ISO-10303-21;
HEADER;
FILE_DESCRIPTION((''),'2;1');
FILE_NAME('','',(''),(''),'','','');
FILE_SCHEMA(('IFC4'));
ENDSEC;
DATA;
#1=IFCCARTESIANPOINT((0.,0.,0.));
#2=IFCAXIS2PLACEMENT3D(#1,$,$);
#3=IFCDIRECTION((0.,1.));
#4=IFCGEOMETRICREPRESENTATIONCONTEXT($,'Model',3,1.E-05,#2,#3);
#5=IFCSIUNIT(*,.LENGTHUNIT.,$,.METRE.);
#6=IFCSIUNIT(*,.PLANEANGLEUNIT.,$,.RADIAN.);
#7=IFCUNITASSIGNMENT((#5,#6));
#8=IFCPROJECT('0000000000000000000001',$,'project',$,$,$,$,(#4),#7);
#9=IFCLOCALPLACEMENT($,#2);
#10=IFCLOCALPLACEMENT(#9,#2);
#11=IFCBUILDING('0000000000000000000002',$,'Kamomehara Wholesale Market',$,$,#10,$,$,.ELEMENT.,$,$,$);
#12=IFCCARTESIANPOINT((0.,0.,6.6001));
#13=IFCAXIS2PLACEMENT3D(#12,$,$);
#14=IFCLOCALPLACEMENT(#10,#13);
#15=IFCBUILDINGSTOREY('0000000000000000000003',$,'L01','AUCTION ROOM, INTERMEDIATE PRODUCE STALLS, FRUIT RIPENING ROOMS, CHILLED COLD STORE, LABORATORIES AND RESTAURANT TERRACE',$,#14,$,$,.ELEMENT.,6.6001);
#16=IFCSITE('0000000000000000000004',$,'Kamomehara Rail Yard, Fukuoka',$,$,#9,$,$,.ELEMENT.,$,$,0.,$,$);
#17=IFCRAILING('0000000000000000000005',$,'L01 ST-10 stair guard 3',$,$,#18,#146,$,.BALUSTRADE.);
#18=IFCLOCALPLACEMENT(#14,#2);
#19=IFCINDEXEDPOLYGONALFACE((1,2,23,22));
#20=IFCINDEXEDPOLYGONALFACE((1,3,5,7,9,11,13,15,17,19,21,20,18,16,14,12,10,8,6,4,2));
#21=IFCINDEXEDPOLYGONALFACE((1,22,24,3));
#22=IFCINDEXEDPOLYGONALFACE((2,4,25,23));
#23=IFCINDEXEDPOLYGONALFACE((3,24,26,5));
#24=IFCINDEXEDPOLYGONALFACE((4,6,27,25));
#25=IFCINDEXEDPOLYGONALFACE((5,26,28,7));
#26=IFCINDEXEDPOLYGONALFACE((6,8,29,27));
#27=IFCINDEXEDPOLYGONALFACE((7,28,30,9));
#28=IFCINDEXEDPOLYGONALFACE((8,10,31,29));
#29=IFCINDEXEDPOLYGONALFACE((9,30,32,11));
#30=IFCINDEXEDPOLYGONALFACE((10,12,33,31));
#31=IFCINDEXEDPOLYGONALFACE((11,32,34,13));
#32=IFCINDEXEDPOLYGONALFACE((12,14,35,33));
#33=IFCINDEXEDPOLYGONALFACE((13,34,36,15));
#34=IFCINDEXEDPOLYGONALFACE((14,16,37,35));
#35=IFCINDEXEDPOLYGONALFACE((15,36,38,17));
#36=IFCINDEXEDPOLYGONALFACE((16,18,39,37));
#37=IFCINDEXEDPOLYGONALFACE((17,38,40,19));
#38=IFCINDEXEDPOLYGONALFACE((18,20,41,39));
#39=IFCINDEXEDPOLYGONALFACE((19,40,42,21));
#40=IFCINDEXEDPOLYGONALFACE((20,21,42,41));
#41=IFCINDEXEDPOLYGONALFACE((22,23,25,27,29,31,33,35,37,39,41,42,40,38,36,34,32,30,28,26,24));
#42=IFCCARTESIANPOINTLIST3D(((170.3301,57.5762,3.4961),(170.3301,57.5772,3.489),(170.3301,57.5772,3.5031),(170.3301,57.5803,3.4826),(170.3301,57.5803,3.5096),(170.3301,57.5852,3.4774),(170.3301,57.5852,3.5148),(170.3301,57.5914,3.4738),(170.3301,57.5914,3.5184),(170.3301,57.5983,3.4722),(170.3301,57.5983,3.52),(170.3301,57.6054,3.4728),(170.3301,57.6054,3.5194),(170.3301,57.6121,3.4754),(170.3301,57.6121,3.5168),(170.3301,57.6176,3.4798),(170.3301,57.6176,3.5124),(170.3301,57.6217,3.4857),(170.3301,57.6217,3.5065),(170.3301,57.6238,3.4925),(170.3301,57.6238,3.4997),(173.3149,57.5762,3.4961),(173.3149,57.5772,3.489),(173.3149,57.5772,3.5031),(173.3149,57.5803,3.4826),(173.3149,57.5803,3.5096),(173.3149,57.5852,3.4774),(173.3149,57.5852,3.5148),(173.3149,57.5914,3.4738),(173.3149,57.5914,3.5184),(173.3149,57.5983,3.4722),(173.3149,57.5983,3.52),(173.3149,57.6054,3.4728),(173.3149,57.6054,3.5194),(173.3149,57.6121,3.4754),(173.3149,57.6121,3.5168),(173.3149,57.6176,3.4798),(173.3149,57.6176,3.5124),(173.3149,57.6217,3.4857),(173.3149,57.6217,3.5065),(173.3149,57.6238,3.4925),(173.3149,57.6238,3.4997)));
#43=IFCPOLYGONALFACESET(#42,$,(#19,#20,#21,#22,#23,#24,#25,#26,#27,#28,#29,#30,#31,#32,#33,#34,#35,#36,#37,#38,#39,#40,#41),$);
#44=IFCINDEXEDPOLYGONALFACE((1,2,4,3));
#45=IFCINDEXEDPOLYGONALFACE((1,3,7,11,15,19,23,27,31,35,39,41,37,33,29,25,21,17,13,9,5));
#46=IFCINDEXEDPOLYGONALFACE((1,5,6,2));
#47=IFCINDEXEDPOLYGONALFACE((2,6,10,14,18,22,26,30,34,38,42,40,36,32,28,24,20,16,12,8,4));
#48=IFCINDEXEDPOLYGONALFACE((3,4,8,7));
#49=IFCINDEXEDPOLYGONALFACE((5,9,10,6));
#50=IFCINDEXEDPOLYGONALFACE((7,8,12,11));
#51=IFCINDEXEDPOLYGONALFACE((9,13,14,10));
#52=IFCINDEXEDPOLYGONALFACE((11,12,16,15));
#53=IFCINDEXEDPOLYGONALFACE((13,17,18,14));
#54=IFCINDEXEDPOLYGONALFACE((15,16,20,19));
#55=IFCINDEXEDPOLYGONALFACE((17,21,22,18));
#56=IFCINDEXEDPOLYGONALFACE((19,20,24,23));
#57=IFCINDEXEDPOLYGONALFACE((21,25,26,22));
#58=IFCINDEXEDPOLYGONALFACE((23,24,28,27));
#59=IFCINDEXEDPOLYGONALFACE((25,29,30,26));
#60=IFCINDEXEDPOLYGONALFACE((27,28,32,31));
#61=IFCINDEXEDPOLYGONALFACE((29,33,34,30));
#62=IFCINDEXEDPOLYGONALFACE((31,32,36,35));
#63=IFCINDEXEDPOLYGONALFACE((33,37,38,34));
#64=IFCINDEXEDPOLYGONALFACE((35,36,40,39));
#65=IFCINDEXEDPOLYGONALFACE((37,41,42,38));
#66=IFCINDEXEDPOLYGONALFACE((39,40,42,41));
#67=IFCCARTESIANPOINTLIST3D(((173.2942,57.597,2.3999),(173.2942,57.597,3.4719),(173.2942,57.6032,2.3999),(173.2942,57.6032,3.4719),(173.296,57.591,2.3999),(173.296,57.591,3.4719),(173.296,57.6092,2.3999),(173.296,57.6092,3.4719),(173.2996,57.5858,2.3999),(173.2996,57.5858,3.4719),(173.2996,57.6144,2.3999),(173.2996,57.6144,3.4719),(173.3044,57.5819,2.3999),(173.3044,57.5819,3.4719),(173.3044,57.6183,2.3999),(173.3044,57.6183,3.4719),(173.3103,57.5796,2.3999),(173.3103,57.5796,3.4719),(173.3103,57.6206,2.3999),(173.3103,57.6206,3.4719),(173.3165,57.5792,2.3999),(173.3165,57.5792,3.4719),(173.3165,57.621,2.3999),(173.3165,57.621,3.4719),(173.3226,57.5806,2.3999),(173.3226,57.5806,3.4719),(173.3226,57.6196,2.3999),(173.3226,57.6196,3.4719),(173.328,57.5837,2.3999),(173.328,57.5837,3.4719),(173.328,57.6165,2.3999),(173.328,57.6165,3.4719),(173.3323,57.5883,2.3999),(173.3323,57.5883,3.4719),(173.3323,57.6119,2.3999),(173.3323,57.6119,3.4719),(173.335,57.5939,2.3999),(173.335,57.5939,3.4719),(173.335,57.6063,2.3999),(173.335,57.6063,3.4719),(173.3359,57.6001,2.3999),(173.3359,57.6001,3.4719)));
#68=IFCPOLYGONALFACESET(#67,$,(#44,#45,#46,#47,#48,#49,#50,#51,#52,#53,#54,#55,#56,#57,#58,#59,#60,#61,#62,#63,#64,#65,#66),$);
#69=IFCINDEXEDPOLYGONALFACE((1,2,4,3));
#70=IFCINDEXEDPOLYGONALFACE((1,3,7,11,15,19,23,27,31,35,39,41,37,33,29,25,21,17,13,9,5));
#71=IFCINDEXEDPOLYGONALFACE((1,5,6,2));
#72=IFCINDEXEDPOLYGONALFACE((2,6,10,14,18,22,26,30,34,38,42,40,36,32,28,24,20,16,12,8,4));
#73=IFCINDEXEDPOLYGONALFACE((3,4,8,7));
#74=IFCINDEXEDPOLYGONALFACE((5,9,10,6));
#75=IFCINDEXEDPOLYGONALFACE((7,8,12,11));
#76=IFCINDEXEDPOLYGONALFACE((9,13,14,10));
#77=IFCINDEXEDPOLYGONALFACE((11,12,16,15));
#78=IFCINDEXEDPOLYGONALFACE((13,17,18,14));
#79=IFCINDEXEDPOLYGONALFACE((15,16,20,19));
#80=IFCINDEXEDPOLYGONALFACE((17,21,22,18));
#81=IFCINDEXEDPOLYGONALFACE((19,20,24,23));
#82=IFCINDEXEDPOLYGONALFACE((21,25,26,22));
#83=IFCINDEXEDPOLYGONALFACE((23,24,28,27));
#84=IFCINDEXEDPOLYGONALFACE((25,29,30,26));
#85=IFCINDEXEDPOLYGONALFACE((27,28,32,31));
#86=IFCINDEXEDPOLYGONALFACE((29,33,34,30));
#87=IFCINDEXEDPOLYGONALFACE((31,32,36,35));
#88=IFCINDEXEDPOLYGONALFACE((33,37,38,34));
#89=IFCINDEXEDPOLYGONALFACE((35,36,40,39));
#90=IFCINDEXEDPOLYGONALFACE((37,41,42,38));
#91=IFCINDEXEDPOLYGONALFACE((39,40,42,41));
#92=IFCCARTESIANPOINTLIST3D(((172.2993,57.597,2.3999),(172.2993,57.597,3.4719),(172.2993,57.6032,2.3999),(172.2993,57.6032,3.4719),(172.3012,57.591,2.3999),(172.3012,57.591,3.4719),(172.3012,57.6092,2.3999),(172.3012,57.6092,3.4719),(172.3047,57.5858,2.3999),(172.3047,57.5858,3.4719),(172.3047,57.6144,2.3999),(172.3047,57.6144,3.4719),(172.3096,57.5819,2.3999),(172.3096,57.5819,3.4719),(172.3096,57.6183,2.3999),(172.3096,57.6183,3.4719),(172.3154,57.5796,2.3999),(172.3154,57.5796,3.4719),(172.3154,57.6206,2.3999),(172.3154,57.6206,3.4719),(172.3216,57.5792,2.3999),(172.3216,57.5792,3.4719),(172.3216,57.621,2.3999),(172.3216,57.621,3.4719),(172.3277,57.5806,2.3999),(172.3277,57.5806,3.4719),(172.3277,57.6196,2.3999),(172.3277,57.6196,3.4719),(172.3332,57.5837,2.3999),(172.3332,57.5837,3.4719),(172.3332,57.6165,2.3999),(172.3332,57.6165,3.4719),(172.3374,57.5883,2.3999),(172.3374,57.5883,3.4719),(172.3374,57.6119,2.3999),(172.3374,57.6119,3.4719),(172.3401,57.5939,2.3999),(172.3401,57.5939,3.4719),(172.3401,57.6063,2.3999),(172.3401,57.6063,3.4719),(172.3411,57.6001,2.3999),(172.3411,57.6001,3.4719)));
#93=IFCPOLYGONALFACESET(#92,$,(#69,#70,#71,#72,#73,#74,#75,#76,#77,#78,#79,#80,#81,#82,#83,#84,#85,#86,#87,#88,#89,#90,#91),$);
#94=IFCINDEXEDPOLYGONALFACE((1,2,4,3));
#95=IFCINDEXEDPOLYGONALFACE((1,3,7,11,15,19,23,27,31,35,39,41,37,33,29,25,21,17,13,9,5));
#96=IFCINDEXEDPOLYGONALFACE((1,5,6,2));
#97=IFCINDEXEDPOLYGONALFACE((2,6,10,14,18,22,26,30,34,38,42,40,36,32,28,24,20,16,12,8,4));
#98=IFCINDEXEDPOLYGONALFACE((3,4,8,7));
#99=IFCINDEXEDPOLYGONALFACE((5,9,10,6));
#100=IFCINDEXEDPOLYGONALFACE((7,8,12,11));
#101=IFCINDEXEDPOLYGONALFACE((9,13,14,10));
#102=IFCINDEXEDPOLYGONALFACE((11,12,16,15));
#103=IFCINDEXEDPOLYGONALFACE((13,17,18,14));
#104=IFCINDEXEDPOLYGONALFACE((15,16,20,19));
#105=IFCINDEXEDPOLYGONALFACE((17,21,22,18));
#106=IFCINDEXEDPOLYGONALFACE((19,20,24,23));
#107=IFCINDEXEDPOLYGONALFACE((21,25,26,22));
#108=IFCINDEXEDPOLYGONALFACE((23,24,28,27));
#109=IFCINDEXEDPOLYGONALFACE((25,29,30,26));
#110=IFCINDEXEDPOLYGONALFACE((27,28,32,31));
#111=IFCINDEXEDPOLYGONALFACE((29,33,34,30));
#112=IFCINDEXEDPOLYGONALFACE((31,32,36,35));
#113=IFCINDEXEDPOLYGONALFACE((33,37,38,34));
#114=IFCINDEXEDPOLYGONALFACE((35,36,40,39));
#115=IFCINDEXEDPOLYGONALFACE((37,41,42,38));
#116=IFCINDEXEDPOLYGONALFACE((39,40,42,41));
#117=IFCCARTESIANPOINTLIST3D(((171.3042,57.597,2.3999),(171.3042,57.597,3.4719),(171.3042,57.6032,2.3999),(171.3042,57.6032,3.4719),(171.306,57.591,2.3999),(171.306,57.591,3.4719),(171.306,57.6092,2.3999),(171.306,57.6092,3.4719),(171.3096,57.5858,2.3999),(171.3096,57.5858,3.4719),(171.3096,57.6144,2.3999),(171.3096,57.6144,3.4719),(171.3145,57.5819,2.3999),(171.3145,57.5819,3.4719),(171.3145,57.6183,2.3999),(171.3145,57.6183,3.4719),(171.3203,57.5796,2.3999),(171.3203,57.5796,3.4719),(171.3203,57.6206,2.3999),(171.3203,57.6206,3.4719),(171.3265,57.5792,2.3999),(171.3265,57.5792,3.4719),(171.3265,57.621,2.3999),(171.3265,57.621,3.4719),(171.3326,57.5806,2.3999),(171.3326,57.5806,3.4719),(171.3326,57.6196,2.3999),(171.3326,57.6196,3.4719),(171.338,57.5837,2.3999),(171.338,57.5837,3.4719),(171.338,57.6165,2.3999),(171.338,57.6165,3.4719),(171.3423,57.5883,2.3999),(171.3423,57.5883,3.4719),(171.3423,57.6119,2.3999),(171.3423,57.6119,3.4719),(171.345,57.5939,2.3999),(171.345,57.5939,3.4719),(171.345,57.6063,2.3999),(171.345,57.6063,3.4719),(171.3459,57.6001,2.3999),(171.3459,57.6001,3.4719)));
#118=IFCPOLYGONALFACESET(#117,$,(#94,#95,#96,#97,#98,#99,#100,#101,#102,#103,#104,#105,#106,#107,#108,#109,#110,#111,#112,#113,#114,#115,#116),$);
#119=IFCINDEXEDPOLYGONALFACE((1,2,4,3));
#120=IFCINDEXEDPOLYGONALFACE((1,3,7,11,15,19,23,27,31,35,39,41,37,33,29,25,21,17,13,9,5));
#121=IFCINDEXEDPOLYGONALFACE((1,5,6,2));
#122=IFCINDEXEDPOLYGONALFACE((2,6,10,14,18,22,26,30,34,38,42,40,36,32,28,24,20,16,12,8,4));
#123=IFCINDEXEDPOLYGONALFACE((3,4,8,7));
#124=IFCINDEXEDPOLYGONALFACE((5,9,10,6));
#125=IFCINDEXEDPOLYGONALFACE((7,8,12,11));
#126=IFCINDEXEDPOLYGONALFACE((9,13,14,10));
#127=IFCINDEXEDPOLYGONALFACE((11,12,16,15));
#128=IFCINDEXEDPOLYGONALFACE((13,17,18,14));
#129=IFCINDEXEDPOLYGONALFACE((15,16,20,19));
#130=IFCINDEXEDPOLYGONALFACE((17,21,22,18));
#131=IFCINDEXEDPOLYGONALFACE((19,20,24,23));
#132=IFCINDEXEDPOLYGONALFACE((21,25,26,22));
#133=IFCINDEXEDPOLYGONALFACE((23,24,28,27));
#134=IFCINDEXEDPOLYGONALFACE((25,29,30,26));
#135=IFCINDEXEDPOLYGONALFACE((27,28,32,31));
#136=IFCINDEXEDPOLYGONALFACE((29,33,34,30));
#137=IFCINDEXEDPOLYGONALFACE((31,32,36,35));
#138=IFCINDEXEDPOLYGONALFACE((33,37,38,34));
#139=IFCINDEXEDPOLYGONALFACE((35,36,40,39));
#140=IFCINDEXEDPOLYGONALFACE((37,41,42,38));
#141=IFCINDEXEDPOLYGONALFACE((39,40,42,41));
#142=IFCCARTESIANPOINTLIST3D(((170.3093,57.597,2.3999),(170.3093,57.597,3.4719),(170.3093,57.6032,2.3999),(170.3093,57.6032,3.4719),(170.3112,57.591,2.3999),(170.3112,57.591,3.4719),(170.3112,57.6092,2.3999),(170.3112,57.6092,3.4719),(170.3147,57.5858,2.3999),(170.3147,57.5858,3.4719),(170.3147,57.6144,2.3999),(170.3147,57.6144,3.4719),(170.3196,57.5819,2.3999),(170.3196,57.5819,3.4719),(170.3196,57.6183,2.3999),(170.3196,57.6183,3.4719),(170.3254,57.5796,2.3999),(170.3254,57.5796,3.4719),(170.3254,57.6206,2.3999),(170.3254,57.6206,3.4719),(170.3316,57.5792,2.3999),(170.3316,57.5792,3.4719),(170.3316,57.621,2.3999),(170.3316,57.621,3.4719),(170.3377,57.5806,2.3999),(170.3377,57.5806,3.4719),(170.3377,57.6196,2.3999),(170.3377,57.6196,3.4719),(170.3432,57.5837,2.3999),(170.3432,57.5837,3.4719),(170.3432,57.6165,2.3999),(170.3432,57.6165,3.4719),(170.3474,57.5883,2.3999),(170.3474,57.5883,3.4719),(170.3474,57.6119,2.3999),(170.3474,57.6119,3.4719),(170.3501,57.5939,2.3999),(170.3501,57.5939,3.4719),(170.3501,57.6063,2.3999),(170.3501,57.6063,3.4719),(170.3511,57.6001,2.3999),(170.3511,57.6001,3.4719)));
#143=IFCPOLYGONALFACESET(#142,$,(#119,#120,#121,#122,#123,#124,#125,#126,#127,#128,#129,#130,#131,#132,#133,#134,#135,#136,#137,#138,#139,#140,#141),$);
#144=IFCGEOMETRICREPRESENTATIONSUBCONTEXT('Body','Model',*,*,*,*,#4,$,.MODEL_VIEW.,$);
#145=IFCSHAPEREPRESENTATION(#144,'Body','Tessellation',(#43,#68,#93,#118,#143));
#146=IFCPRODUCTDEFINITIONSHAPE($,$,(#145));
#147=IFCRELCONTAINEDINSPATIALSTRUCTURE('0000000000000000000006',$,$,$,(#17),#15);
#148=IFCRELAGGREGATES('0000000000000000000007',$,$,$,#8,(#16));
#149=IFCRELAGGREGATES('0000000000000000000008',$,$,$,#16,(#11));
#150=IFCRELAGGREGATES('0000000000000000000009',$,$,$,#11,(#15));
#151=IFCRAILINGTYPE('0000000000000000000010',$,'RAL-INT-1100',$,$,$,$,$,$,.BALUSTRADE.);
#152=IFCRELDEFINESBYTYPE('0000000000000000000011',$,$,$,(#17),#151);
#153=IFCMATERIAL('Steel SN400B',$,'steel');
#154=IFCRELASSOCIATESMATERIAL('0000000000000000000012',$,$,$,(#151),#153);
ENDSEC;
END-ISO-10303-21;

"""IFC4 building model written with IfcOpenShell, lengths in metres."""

from ifc_helpers import new_model, si_unit, direction, frame, origin, origin_2d, place, context, subcontext, project, spatial, circle, extrude, material, type_object, element, save


model = new_model("IFC4")

# Units and contexts
model_context = context("Model", 3, precision=1e-05, world=origin(), true_north=direction((0.0, 1.0)))
body_context = subcontext(model_context, "Body", "Model", "MODEL_VIEW")
ifc_project = project(units=[si_unit("LENGTHUNIT", "METRE"), si_unit("PLANEANGLEUNIT", "RADIAN")], contexts=[model_context])

# Site, building, storey
site_placement = place(None, origin())
site = spatial("IfcSite", under=ifc_project, at=site_placement, Name="Kamomehara Rail Yard, Fukuoka", CompositionType="ELEMENT", RefElevation=0.0)
building_placement = place(site_placement, origin())
building = spatial("IfcBuilding", under=site, at=building_placement, Name="Kamomehara Wholesale Market", CompositionType="ELEMENT")
storey_placement = place(building_placement, frame((0.0, 0.0, 6.6001)))
storey = spatial("IfcBuildingStorey", under=building, at=storey_placement, Name="L01", Description="AUCTION ROOM, INTERMEDIATE PRODUCE STALLS, FRUIT RIPENING ROOMS, CHILLED COLD STORE, LABORATORIES AND RESTAURANT TERRACE", CompositionType="ELEMENT", Elevation=6.6001)

# Railing
ifc_material_1 = material(Name="Steel SN400B", Category="steel")
railing_type_1 = type_object("IfcRailingType", Name="RAL-INT-1100", PredefinedType="BALUSTRADE", material=ifc_material_1)
for number, where, name in (
    (1, (173.3149, 57.6001, 2.3999), "L01 ST-10 stair guard 3"),
):
    element("IfcRailing", number, at=place(storey_placement, frame(where)), inside=storey, type_object=railing_type_1, Name=name, PredefinedType="BALUSTRADE", context=body_context, shape_type="SweptSolid", body=[
        extrude(circle(Radius=0.0239, at=origin_2d()), frame((0.0, 0.0, 1.0962), z_axis=(-1.0, 0.0, 0.0), x_axis=(0.0, -1.0, 0.0)), (0.0, 0.0, 1.0), 2.9849),
        extrude(circle(Radius=0.021, at=origin_2d()), origin(), (0.0, 0.0, 1.0), 1.072),
        extrude(circle(Radius=0.021, at=origin_2d()), frame((-0.9949, 0.0, 0.0)), (0.0, 0.0, 1.0), 1.072),
        extrude(circle(Radius=0.021, at=origin_2d()), frame((-1.99, 0.0, 0.0)), (0.0, 0.0, 1.0), 1.072),
        extrude(circle(Radius=0.021, at=origin_2d()), frame((-2.9849, 0.0, 0.0)), (0.0, 0.0, 1.0), 1.072),
    ])

save(model, "model.ifc")
